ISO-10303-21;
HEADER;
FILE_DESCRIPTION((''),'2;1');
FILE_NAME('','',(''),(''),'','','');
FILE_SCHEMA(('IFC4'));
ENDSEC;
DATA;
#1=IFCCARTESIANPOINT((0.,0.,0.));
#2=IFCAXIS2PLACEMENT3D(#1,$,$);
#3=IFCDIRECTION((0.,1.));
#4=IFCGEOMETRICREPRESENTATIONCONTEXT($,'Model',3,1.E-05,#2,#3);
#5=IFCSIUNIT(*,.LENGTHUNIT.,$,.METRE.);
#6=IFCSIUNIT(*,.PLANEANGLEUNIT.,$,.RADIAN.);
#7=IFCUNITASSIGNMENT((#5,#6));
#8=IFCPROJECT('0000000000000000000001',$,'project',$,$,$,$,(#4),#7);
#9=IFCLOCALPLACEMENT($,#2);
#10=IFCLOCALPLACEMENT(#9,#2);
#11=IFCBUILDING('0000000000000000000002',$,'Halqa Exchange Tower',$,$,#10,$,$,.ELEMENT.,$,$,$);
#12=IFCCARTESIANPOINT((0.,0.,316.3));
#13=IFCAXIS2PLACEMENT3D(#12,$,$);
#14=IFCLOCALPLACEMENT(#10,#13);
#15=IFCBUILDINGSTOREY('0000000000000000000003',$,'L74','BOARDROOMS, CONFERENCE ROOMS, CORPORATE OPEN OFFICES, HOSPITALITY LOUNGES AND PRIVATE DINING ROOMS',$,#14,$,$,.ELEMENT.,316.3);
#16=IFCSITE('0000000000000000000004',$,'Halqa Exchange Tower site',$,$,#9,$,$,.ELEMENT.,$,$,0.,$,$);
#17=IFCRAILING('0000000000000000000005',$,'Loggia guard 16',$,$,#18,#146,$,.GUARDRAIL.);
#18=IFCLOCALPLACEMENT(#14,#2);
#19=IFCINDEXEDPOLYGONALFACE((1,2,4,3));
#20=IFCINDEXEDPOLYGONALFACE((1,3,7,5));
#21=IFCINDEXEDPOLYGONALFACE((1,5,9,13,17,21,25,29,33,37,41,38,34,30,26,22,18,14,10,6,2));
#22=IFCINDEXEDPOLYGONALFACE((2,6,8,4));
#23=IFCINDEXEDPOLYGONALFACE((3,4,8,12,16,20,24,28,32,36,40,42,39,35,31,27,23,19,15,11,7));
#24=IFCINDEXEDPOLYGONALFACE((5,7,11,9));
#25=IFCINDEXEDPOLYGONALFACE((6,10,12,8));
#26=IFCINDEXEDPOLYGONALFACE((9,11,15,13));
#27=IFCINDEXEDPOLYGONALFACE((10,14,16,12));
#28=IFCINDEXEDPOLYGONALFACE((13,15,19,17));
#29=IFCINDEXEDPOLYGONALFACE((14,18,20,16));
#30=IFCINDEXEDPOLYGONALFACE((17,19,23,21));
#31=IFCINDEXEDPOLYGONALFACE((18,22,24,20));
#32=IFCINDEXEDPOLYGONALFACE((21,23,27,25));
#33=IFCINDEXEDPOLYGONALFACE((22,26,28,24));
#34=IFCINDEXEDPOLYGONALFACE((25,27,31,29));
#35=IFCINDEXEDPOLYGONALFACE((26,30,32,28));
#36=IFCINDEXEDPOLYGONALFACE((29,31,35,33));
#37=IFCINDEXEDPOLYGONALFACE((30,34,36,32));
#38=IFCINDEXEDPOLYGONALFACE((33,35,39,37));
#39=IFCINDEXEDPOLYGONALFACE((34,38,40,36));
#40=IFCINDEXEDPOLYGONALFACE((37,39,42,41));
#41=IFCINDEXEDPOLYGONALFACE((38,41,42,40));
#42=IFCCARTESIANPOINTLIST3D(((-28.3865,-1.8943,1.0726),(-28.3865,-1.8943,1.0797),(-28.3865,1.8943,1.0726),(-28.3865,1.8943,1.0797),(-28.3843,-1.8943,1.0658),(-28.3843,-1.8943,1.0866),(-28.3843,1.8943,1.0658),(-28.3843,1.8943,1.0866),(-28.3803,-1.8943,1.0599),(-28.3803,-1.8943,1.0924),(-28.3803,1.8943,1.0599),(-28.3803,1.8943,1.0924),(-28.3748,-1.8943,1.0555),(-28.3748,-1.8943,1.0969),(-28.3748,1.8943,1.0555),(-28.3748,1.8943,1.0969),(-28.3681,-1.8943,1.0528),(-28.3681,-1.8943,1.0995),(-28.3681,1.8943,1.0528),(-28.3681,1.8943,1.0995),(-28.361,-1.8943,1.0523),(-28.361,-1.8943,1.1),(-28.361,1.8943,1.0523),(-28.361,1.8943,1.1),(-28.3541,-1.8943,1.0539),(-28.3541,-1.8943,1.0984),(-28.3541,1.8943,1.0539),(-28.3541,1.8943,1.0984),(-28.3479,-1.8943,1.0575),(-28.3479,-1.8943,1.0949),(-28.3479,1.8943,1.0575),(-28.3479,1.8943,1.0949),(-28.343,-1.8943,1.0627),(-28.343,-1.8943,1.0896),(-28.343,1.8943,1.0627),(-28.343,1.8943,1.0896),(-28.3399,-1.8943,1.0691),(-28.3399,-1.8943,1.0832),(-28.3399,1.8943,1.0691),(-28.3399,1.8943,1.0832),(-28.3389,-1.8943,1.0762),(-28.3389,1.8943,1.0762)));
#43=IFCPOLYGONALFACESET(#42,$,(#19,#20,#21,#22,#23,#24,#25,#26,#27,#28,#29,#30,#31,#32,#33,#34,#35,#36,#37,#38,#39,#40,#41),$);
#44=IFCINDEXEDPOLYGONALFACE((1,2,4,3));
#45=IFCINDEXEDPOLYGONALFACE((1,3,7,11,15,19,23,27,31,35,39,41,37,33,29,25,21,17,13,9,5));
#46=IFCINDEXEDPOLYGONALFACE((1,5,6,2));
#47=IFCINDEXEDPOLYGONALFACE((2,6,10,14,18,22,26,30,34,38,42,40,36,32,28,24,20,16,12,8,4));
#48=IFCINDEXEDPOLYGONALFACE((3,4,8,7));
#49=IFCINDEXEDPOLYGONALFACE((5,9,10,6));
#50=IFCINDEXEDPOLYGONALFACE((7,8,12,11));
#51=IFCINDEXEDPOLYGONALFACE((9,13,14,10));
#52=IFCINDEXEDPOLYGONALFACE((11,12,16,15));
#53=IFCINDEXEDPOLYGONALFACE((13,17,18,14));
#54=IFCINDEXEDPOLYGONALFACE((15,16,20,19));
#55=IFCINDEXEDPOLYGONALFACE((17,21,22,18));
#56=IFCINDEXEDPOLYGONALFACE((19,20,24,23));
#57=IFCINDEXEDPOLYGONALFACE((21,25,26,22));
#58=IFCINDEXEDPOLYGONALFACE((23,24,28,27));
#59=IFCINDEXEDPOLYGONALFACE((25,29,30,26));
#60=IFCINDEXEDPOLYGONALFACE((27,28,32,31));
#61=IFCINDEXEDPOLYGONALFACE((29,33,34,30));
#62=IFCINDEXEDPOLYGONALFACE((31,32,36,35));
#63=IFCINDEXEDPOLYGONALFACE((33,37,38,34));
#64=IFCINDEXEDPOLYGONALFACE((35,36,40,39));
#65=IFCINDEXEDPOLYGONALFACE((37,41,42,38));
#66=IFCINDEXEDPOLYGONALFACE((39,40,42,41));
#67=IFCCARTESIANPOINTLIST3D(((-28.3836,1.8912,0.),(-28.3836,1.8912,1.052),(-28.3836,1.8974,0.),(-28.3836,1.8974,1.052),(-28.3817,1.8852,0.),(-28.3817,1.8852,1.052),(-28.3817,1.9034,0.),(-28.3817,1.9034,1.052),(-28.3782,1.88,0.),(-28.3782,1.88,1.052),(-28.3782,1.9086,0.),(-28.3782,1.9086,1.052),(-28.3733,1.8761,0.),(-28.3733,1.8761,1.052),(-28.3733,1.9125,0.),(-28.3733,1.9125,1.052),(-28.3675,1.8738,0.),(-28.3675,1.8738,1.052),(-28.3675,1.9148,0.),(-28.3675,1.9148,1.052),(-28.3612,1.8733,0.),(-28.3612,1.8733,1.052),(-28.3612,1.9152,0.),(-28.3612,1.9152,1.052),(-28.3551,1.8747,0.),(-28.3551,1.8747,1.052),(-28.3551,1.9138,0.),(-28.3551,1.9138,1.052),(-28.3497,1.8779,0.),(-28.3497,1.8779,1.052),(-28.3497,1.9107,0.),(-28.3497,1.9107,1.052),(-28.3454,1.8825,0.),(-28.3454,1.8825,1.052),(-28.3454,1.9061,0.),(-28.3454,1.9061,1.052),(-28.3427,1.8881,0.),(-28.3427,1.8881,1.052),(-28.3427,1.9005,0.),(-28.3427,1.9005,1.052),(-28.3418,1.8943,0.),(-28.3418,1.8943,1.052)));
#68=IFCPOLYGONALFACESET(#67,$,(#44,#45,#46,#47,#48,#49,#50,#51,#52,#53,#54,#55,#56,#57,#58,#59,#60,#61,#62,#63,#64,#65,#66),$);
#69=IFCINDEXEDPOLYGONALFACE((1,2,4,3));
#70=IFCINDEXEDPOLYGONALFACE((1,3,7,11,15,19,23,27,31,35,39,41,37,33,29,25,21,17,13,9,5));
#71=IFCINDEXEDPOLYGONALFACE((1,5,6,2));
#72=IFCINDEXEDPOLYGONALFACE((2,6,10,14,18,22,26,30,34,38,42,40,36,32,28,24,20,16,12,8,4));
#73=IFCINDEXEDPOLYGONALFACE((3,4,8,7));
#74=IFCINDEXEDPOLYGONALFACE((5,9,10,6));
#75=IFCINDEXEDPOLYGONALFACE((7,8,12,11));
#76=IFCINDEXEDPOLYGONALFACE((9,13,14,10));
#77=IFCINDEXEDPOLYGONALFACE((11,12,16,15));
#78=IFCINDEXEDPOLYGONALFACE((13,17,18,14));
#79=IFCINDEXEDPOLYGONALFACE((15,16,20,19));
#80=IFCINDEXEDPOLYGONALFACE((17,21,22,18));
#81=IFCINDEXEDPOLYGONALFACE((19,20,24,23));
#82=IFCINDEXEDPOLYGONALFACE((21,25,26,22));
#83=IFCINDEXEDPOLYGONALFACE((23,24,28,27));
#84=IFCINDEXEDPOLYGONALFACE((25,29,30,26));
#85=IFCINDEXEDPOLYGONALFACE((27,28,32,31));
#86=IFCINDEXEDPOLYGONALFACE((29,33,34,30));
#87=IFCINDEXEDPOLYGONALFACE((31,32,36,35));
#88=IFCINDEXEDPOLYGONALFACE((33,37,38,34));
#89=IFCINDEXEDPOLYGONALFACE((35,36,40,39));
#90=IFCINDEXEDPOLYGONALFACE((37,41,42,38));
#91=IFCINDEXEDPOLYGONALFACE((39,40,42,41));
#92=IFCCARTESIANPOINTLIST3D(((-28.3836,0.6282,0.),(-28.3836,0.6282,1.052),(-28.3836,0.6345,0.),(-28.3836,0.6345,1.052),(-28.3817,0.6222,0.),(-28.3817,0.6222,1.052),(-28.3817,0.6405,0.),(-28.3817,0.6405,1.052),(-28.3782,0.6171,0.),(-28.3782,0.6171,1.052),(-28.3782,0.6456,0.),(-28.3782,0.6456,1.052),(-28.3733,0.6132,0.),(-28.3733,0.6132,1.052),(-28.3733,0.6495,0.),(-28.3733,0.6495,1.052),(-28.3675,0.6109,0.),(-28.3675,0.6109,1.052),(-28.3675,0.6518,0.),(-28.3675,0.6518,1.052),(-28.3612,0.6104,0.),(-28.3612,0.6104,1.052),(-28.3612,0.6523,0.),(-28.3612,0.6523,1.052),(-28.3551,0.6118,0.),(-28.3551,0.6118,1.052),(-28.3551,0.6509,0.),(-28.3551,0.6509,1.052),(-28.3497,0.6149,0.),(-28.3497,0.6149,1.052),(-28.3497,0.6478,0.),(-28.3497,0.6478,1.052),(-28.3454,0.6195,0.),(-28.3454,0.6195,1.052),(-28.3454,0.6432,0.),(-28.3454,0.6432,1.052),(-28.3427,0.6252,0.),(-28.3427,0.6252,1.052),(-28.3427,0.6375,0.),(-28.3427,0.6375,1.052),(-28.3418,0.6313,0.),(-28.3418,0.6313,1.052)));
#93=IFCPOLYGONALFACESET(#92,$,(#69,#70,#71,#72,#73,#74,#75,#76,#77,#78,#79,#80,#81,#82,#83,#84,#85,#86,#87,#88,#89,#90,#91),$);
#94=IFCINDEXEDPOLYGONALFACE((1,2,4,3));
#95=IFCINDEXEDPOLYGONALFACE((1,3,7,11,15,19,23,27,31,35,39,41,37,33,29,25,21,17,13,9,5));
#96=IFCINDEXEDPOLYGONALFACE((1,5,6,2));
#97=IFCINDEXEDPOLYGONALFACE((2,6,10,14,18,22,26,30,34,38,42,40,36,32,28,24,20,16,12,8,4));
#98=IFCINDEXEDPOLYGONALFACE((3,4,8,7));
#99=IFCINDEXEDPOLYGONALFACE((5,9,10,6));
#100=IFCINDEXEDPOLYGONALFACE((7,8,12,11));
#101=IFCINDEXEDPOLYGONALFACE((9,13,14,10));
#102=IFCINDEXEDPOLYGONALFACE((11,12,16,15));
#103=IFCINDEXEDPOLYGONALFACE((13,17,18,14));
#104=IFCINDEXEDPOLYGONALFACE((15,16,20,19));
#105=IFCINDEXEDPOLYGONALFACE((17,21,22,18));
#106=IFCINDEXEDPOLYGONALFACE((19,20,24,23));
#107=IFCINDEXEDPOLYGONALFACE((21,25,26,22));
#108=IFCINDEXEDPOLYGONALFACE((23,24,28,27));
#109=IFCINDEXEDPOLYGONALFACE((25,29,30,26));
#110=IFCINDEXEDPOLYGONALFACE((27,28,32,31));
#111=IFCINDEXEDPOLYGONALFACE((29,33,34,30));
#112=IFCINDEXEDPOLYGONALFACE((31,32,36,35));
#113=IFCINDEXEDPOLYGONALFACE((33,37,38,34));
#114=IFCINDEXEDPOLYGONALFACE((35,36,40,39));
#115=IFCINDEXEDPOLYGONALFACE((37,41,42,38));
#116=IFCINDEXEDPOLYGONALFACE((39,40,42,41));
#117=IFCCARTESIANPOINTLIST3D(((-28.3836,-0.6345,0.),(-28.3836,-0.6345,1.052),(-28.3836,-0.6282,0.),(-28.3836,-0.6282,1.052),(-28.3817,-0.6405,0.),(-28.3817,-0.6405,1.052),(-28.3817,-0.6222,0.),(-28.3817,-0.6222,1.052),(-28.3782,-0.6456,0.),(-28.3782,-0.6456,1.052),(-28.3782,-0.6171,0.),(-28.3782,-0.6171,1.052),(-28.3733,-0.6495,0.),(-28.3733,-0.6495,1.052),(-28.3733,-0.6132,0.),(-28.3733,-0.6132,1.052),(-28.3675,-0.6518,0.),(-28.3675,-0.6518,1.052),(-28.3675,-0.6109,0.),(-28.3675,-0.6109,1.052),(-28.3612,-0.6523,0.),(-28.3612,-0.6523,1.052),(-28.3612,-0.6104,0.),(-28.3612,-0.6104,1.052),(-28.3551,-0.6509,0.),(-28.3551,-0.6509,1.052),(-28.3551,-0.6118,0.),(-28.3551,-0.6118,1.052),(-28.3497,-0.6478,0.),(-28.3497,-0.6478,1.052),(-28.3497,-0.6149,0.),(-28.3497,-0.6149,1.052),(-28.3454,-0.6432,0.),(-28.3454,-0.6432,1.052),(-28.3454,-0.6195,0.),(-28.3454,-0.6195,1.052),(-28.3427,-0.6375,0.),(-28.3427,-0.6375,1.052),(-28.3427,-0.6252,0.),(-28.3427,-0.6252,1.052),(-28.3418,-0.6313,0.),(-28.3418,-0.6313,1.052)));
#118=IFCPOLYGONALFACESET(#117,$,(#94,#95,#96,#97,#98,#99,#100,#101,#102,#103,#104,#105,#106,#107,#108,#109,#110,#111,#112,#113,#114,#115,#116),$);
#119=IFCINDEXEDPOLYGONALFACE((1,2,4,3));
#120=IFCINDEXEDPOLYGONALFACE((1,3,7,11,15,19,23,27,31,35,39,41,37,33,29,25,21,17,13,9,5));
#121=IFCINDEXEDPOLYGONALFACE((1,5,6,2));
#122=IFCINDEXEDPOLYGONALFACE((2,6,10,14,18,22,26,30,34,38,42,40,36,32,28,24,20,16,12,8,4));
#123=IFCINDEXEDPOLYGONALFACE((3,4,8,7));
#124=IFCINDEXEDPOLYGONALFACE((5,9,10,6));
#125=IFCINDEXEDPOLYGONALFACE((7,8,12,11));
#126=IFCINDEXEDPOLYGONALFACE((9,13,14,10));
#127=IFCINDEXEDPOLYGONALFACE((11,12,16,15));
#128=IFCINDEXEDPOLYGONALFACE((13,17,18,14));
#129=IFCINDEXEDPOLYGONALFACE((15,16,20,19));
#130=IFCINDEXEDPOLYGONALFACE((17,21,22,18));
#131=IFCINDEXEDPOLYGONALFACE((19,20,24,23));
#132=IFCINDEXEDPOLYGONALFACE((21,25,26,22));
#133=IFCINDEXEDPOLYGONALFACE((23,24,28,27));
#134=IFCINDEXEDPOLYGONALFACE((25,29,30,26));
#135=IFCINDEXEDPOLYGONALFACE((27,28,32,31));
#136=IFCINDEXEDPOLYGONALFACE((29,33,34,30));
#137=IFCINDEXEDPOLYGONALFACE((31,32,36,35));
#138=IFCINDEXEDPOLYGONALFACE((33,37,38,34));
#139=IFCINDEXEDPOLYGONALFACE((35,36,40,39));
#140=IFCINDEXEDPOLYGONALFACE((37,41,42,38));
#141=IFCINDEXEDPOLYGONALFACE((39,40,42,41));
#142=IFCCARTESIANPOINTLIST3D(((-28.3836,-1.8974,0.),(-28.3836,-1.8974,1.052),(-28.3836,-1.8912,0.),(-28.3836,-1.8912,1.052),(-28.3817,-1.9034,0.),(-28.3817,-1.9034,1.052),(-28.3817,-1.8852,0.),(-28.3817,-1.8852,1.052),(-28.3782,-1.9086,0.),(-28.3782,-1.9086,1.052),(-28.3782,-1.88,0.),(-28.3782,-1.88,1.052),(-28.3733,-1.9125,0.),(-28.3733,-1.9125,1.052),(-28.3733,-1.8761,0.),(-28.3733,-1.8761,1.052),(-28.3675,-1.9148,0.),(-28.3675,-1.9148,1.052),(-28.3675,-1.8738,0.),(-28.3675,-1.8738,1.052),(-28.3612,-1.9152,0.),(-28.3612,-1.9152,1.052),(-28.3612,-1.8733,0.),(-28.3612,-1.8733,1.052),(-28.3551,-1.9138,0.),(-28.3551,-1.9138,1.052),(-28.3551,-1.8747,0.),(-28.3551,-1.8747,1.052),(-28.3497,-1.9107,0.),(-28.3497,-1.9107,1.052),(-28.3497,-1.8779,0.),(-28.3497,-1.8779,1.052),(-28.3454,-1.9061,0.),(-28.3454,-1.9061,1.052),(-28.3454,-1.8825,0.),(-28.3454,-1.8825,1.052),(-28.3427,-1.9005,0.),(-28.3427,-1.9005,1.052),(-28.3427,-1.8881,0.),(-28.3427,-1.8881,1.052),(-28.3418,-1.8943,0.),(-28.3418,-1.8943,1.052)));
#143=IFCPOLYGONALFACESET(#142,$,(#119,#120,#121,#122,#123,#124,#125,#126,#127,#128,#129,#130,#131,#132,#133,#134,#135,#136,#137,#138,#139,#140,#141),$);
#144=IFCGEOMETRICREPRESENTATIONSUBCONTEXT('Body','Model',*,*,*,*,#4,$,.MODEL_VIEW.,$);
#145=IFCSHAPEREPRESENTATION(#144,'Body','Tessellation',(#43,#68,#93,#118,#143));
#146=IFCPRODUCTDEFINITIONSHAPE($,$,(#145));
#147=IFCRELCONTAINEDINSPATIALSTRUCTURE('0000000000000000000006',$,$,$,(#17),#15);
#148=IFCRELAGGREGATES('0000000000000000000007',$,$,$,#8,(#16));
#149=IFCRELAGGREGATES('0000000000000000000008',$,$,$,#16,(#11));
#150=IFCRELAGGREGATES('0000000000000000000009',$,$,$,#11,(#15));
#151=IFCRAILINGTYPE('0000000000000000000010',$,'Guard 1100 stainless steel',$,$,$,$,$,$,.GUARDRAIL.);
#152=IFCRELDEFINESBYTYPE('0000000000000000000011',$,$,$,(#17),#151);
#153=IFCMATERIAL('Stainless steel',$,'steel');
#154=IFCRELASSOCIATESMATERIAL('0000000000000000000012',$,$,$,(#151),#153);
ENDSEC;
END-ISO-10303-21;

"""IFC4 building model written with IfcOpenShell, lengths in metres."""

from ifc_helpers import new_model, si_unit, direction, frame, origin, origin_2d, place, context, subcontext, project, spatial, circle, extrude, material, type_object, element, save


model = new_model("IFC4")

# Units and contexts
model_context = context("Model", 3, precision=1e-05, world=origin(), true_north=direction((0.0, 1.0)))
body_context = subcontext(model_context, "Body", "Model", "MODEL_VIEW")
ifc_project = project(units=[si_unit("LENGTHUNIT", "METRE"), si_unit("PLANEANGLEUNIT", "RADIAN")], contexts=[model_context])

# Site, building, storey
site_placement = place(None, origin())
site = spatial("IfcSite", under=ifc_project, at=site_placement, Name="Halqa Exchange Tower site", CompositionType="ELEMENT", RefElevation=0.0)
building_placement = place(site_placement, origin())
building = spatial("IfcBuilding", under=site, at=building_placement, Name="Halqa Exchange Tower", CompositionType="ELEMENT")
storey_placement = place(building_placement, frame((0.0, 0.0, 316.3)))
storey = spatial("IfcBuildingStorey", under=building, at=storey_placement, Name="L74", Description="BOARDROOMS, CONFERENCE ROOMS, CORPORATE OPEN OFFICES, HOSPITALITY LOUNGES AND PRIVATE DINING ROOMS", CompositionType="ELEMENT", Elevation=316.3)

# Railing
ifc_material_1 = material(Name="Stainless steel", Category="steel")
railing_type = type_object("IfcRailingType", Name="Guard 1100 stainless steel", PredefinedType="GUARDRAIL", material=ifc_material_1)
railing_1_placement = place(storey_placement, frame((-28.3628, 1.8943, 0.0)))
element("IfcRailing", 1, at=railing_1_placement, inside=storey, type_object=railing_type, Name="Loggia guard 16", PredefinedType="GUARDRAIL", context=body_context, shape_type="SweptSolid", body=[
    extrude(circle(Radius=0.0239, at=origin_2d()), frame((0.0, 0.0, 1.0762), z_axis=(0.0, -1.0, 0.0), x_axis=(1.0, 0.0, 0.0)), (0.0, 0.0, 1.0), 3.7886),
    extrude(circle(Radius=0.021, at=origin_2d()), origin(), (0.0, 0.0, 1.0), 1.052),
    extrude(circle(Radius=0.021, at=origin_2d()), frame((0.0, -1.2629, 0.0)), (0.0, 0.0, 1.0), 1.052),
    extrude(circle(Radius=0.021, at=origin_2d()), frame((0.0, -2.5256, 0.0)), (0.0, 0.0, 1.0), 1.052),
    extrude(circle(Radius=0.021, at=origin_2d()), frame((0.0, -3.7886, 0.0)), (0.0, 0.0, 1.0), 1.052),
])

save(model, "model.ifc")
